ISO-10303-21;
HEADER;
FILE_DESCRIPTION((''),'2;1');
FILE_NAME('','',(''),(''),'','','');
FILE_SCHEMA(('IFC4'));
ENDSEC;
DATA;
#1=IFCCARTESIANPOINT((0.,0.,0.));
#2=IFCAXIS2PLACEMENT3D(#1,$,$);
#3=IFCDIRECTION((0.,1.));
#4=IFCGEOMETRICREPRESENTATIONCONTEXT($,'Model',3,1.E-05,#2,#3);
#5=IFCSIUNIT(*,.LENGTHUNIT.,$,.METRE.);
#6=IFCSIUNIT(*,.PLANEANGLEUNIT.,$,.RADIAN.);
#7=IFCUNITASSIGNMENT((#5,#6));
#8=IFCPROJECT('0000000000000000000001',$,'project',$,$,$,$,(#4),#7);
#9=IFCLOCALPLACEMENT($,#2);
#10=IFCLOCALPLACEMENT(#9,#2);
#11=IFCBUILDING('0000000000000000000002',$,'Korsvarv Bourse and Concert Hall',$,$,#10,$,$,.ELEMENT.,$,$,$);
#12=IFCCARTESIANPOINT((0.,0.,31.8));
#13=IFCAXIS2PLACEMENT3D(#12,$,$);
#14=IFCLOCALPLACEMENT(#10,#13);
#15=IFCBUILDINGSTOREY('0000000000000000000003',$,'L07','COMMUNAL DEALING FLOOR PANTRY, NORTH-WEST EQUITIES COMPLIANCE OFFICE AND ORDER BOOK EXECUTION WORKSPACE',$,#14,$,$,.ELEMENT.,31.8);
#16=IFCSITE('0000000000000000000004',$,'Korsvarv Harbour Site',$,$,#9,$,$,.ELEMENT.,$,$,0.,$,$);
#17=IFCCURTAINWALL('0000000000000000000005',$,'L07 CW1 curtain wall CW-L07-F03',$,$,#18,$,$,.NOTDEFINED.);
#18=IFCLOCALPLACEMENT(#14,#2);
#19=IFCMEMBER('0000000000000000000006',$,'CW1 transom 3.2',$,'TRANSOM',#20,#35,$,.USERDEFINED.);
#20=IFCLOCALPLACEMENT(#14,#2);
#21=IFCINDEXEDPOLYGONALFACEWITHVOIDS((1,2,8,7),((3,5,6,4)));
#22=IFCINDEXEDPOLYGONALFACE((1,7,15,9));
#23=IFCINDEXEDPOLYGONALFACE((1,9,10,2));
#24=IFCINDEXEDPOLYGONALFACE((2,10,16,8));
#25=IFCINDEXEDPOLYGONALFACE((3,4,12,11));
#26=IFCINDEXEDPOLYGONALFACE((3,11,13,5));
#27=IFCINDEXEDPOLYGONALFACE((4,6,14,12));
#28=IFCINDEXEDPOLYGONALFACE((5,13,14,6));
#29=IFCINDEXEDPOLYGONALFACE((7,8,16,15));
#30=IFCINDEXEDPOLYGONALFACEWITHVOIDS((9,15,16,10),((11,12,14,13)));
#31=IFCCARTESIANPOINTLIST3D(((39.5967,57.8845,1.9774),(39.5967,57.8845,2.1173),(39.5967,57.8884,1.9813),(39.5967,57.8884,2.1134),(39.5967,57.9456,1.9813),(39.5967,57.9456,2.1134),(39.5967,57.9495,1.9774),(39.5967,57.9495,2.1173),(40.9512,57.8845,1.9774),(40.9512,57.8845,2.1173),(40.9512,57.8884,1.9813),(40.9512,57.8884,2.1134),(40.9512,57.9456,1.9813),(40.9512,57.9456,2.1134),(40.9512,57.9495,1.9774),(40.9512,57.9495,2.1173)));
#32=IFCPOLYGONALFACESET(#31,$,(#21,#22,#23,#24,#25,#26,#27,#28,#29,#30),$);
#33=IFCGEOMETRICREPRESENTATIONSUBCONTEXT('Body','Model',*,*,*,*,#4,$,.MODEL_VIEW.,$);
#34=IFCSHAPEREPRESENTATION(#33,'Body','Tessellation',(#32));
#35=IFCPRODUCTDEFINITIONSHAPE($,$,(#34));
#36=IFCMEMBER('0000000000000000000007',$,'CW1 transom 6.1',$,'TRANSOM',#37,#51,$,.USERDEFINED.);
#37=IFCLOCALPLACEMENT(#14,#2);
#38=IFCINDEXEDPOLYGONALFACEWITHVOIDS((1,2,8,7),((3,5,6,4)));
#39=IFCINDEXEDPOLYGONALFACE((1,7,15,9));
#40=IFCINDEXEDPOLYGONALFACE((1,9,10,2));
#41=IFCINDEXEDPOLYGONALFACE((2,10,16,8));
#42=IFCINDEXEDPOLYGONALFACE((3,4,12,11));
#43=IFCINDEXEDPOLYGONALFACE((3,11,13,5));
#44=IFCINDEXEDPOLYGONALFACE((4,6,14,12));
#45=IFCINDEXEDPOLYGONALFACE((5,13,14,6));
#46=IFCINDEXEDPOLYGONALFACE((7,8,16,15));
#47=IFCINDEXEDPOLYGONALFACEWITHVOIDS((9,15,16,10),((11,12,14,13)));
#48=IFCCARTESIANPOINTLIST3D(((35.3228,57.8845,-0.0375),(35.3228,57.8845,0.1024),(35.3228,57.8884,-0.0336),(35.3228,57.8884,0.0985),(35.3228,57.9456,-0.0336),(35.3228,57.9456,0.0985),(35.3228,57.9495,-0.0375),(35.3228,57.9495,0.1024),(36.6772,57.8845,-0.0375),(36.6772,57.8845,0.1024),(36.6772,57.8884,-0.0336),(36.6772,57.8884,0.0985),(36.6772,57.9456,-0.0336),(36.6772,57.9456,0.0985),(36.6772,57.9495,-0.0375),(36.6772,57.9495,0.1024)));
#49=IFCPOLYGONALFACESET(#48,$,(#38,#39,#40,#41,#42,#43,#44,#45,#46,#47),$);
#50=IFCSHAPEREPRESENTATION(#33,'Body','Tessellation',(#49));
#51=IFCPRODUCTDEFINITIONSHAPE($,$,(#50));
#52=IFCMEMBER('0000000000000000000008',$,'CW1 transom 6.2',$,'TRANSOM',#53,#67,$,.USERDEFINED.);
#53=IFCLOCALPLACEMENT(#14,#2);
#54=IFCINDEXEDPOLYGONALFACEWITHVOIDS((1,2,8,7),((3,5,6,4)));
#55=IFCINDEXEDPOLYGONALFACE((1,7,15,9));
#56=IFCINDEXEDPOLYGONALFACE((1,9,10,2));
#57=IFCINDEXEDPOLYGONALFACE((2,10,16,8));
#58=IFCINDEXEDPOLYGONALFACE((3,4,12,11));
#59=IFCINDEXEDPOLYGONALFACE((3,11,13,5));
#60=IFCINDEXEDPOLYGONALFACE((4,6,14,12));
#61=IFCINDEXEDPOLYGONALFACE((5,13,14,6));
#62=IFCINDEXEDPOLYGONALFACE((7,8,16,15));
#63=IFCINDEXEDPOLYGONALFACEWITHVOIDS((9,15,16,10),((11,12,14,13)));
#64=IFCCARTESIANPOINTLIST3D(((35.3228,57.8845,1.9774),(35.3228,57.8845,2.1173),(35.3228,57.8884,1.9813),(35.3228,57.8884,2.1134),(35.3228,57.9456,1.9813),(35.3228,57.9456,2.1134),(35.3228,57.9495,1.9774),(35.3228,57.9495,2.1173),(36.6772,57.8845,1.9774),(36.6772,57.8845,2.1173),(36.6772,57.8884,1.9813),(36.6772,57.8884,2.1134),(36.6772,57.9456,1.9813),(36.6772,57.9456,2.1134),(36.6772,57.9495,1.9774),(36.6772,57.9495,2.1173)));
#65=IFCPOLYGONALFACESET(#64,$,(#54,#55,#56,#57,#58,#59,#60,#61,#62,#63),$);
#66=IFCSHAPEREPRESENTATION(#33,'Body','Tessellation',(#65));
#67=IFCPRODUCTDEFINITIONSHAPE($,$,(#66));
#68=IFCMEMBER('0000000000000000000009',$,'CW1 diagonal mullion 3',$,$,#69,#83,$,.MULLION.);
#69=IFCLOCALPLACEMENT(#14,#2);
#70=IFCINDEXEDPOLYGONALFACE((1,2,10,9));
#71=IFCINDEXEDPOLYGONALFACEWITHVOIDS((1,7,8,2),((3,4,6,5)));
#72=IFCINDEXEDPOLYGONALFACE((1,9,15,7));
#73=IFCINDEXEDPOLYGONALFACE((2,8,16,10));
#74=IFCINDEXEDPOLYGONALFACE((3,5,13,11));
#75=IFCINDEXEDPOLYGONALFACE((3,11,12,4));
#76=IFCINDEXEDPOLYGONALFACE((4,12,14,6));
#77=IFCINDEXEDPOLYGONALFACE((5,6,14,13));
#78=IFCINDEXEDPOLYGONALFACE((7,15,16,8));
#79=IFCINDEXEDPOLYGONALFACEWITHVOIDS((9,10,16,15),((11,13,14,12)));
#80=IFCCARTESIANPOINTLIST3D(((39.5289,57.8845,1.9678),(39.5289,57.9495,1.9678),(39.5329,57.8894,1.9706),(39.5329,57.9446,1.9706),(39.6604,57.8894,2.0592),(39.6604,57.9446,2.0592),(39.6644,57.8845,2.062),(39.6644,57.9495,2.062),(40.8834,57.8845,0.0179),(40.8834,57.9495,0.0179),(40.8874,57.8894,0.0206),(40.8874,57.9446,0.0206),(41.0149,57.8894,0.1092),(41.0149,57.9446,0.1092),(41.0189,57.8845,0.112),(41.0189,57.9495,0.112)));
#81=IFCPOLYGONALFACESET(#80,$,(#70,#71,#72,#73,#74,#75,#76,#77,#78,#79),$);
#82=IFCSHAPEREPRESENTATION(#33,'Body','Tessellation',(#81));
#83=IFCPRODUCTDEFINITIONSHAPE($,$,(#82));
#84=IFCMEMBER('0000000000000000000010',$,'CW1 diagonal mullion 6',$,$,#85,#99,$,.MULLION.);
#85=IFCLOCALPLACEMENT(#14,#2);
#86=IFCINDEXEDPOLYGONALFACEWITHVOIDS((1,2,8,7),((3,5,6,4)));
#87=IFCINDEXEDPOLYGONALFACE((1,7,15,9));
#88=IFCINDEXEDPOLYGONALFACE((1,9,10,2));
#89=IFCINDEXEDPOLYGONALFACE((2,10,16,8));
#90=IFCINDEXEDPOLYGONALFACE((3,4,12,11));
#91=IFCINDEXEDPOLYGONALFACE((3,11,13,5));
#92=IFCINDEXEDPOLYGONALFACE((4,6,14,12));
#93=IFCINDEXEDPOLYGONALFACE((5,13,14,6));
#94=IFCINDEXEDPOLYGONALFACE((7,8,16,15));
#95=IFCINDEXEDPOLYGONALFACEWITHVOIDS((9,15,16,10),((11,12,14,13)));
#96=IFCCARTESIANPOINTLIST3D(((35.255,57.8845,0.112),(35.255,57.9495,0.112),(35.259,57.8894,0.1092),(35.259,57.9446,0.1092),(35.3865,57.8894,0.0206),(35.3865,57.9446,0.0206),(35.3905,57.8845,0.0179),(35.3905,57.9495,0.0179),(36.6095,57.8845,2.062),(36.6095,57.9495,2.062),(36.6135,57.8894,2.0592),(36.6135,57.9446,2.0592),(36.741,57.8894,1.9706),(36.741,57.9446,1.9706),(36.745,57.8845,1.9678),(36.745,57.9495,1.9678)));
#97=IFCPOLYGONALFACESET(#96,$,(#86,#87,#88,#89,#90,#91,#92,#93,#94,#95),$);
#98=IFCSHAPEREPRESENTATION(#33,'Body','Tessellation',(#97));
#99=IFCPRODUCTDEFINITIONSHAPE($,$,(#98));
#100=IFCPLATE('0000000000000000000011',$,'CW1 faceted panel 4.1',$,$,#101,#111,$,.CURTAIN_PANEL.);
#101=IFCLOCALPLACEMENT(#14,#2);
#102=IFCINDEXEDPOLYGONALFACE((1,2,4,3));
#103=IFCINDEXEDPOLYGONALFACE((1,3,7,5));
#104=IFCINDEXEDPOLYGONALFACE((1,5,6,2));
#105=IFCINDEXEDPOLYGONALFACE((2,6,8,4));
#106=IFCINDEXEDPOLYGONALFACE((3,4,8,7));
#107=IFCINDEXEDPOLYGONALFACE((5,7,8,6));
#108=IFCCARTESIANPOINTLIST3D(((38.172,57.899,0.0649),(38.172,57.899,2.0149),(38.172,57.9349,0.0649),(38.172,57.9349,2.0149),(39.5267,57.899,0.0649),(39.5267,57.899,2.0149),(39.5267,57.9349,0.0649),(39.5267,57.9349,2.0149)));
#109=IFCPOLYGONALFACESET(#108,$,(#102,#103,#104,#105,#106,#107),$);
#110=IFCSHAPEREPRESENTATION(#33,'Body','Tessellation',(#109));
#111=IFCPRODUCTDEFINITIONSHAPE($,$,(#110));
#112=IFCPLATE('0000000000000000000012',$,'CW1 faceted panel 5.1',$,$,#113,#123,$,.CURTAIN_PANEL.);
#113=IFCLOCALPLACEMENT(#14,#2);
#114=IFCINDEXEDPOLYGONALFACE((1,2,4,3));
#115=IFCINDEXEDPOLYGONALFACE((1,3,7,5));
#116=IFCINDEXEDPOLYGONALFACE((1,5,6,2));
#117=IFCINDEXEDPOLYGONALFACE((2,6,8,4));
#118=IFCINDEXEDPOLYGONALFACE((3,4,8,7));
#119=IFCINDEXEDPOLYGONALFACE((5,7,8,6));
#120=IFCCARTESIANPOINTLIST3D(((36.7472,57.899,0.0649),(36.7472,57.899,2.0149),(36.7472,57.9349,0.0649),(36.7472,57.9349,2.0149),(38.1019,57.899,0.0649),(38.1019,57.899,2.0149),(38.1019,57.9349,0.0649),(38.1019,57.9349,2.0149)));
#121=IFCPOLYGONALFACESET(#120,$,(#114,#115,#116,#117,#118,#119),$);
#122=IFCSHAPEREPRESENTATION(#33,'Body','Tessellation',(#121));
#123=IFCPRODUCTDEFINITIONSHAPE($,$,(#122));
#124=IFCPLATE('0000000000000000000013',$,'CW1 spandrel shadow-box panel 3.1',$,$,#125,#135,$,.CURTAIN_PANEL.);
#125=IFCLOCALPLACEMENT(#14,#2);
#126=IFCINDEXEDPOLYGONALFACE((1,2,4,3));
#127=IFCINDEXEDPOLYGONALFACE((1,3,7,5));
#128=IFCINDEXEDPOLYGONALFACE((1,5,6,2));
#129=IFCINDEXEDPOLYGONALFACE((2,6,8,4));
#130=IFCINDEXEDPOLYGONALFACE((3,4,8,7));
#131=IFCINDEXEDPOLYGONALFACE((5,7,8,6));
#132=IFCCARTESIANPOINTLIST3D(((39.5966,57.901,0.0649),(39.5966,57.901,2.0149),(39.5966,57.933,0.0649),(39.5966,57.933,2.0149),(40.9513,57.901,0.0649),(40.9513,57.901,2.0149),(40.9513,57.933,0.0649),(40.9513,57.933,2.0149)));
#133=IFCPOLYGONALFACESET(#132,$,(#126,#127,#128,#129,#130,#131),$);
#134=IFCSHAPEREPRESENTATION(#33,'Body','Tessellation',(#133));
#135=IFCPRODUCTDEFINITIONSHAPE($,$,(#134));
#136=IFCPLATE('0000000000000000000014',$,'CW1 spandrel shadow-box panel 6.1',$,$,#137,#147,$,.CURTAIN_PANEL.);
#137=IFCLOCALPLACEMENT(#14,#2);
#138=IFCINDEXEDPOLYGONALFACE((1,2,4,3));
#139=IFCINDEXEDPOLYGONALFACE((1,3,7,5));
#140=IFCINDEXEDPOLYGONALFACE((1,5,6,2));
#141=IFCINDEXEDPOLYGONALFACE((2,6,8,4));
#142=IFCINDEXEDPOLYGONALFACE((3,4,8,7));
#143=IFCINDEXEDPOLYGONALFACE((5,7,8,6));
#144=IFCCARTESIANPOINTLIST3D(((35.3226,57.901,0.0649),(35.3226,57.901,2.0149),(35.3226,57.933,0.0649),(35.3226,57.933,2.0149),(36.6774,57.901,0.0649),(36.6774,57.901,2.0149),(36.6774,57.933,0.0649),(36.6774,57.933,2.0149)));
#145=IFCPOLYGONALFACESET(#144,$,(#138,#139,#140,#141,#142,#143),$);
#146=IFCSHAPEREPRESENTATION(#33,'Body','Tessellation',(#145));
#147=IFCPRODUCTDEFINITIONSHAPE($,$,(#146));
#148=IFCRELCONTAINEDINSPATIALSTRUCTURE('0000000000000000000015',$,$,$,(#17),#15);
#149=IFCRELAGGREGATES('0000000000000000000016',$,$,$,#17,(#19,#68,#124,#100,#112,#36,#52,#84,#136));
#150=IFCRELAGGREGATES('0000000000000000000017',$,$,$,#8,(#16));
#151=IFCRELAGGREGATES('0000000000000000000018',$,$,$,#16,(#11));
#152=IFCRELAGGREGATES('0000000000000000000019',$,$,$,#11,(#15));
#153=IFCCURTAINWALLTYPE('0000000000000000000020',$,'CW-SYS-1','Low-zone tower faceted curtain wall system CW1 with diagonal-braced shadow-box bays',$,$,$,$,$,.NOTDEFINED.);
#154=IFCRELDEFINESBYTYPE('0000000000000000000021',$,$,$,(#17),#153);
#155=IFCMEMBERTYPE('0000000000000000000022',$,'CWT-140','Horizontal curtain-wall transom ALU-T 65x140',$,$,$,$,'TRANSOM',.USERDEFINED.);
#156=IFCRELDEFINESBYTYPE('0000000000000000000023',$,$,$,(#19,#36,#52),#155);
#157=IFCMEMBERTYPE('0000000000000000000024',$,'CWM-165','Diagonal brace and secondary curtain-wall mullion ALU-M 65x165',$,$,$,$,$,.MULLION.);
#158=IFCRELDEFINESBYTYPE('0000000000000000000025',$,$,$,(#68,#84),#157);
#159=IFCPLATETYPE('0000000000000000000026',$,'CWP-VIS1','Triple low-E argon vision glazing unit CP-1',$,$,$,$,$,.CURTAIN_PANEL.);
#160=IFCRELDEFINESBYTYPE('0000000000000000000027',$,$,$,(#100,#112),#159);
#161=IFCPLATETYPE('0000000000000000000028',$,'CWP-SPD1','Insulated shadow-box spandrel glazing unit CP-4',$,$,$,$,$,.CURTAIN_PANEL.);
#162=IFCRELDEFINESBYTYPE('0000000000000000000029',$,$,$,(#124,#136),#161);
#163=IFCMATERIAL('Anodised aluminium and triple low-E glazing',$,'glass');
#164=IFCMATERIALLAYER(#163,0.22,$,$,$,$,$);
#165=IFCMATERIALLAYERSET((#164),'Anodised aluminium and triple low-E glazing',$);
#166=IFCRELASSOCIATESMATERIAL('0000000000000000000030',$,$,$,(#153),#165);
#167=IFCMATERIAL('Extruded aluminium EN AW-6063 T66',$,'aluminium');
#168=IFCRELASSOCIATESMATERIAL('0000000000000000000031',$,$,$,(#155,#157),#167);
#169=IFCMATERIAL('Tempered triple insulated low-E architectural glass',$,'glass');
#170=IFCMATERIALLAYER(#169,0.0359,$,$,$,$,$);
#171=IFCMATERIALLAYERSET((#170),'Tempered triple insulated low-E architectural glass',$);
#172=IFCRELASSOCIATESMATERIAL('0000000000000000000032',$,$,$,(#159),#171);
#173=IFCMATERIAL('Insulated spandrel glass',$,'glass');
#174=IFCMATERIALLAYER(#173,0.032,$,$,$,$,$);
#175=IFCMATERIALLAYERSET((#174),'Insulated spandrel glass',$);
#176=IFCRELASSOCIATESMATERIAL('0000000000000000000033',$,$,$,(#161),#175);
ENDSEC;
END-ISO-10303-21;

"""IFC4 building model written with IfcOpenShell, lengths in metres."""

from ifc_helpers import new_model, si_unit, direction, frame, origin, origin_2d, place, context, subcontext, project, spatial, rectangle, hollow_rectangle, extrude, source, transform, mapped, material, layer, layer_set, material_profile, profile_set, type_object, element, aggregate, save


model = new_model("IFC4")

# Units and contexts
model_context = context("Model", 3, precision=1e-05, world=origin(), true_north=direction((0.0, 1.0)))
body_context = subcontext(model_context, "Body", "Model", "MODEL_VIEW")
ifc_project = project(units=[si_unit("LENGTHUNIT", "METRE"), si_unit("PLANEANGLEUNIT", "RADIAN")], contexts=[model_context])

# Site, building, storey
site_placement = place(None, origin())
site = spatial("IfcSite", under=ifc_project, at=site_placement, Name="Korsvarv Harbour Site", CompositionType="ELEMENT", RefElevation=0.0)
building_placement = place(site_placement, origin())
building = spatial("IfcBuilding", under=site, at=building_placement, Name="Korsvarv Bourse and Concert Hall", CompositionType="ELEMENT")
storey_placement = place(building_placement, frame((0.0, 0.0, 31.8)))
storey = spatial("IfcBuildingStorey", under=building, at=storey_placement, Name="L07", Description="COMMUNAL DEALING FLOOR PANTRY, NORTH-WEST EQUITIES COMPLIANCE OFFICE AND ORDER BOOK EXECUTION WORKSPACE", CompositionType="ELEMENT", Elevation=31.8)

# Curtain wall, members, plates
ifc_material_1 = material(Name="Anodised aluminium and triple low-E glazing", Category="glass")
ifc_layer_1 = layer(ifc_material_1, 0.22)
ifc_layer_set_1 = layer_set([ifc_layer_1], Name="Anodised aluminium and triple low-E glazing")
curtain_wall_type = type_object("IfcCurtainWallType", Name="CW-SYS-1", Description="Low-zone tower faceted curtain wall system CW1 with diagonal-braced shadow-box bays", PredefinedType="NOTDEFINED", material=ifc_layer_set_1)
curtain_wall_placement = place(storey_placement, origin())
curtain_wall = element("IfcCurtainWall", 1, at=curtain_wall_placement, inside=storey, type_object=curtain_wall_type, Name="L07 CW1 curtain wall CW-L07-F03", PredefinedType="NOTDEFINED")
ifc_material_2 = material(Name="Extruded aluminium EN AW-6063 T66", Category="aluminium")
ifc_material_profile_1 = material_profile(ifc_material_2, hollow_rectangle(XDim=0.0649, YDim=0.1399, WallThickness=0.0039, at=origin_2d()), Name="ALU-T 65x140")
ifc_profile_set_1 = profile_set([ifc_material_profile_1], Name="Extruded aluminium EN AW-6063 T66")
member_type_1 = type_object("IfcMemberType", Name="CWT-140", Description="Horizontal curtain-wall transom ALU-T 65x140", ElementType="TRANSOM", PredefinedType="USERDEFINED", material=ifc_profile_set_1)
shared_shape_1 = source(origin(), body_context, "Body", "SweptSolid", [
    extrude(hollow_rectangle(XDim=0.0649, YDim=0.1399, WallThickness=0.0039, at=origin_2d()), origin(), (0.0, 0.0, 1.0), 1.3545),
])
member_1_placement = place(storey_placement, frame((40.9512, 57.917, 2.0474), z_axis=(-1.0, 0.0, 0.0), x_axis=(0.0, -1.0, 0.0)))
member_1 = element("IfcMember", 2, at=member_1_placement, type_object=member_type_1, Name="CW1 transom 3.2", ObjectType="TRANSOM", PredefinedType="USERDEFINED", context=body_context, shape_type="MappedRepresentation", body=[
    mapped(shared_shape_1, transform((0.0, 0.0, 0.0), scale=1.0)),
])
member_2_placement = place(storey_placement, frame((36.6772, 57.917, 0.0325), z_axis=(-1.0, 0.0, 0.0), x_axis=(0.0, -1.0, 0.0)))
member_2 = element("IfcMember", 3, at=member_2_placement, type_object=member_type_1, Name="CW1 transom 6.1", ObjectType="TRANSOM", PredefinedType="USERDEFINED", context=body_context, shape_type="MappedRepresentation", body=[
    mapped(shared_shape_1, transform((0.0, 0.0, 0.0), scale=1.0)),
])
member_3_placement = place(storey_placement, frame((36.6772, 57.917, 2.0474), z_axis=(-1.0, 0.0, 0.0), x_axis=(0.0, -1.0, 0.0)))
member_3 = element("IfcMember", 4, at=member_3_placement, type_object=member_type_1, Name="CW1 transom 6.2", ObjectType="TRANSOM", PredefinedType="USERDEFINED", context=body_context, shape_type="MappedRepresentation", body=[
    mapped(shared_shape_1, transform((0.0, 0.0, 0.0), scale=1.0)),
])
ifc_material_profile_2 = material_profile(ifc_material_2, hollow_rectangle(XDim=0.0649, YDim=0.165, WallThickness=0.0049, at=origin_2d()), Name="ALU-M 65x165")
ifc_profile_set_2 = profile_set([ifc_material_profile_2], Name="Extruded aluminium EN AW-6063 T66")
member_type_2 = type_object("IfcMemberType", Name="CWM-165", Description="Diagonal brace and secondary curtain-wall mullion ALU-M 65x165", PredefinedType="MULLION", material=ifc_profile_set_2)
shared_shape_2 = source(origin(), body_context, "Body", "SweptSolid", [
    extrude(hollow_rectangle(XDim=0.0649, YDim=0.165, WallThickness=0.0049, at=origin_2d()), origin(), (0.0, 0.0, 1.0), 2.3743),
])
member_4_placement = place(storey_placement, frame((40.9512, 57.917, 0.0649), z_axis=(-0.570498, 0.0, 0.821299), x_axis=(0.0, -1.0, 0.0)))
member_4 = element("IfcMember", 5, at=member_4_placement, type_object=member_type_2, Name="CW1 diagonal mullion 3", PredefinedType="MULLION", context=body_context, shape_type="MappedRepresentation", body=[
    mapped(shared_shape_2, transform((0.0, 0.0, 0.0), scale=1.0)),
])
member_5_placement = place(storey_placement, frame((35.3228, 57.917, 0.0649), z_axis=(0.570498, 0.0, 0.821299), x_axis=(0.0, 1.0, 0.0)))
member_5 = element("IfcMember", 6, at=member_5_placement, type_object=member_type_2, Name="CW1 diagonal mullion 6", PredefinedType="MULLION", context=body_context, shape_type="MappedRepresentation", body=[
    mapped(shared_shape_2, transform((0.0, 0.0, 0.0), scale=1.0)),
])
ifc_material_3 = material(Name="Tempered triple insulated low-E architectural glass", Category="glass")
ifc_layer_2 = layer(ifc_material_3, 0.0359)
ifc_layer_set_2 = layer_set([ifc_layer_2], Name="Tempered triple insulated low-E architectural glass")
plate_type_1 = type_object("IfcPlateType", Name="CWP-VIS1", Description="Triple low-E argon vision glazing unit CP-1", PredefinedType="CURTAIN_PANEL", material=ifc_layer_set_2)
shared_shape_3 = source(origin(), body_context, "Body", "SweptSolid", [
    extrude(rectangle(XDim=1.3547, YDim=0.0359, at=origin_2d()), origin(), (0.0, 0.0, 1.0), 1.95),
])
plate_1_placement = place(storey_placement, frame((38.8494, 57.917, 0.0649), z_axis=(0.0, 0.0, 1.0), x_axis=(-1.0, 0.0, 0.0)))
plate_1 = element("IfcPlate", 7, at=plate_1_placement, type_object=plate_type_1, Name="CW1 faceted panel 4.1", PredefinedType="CURTAIN_PANEL", context=body_context, shape_type="MappedRepresentation", body=[
    mapped(shared_shape_3, transform((0.0, 0.0, 0.0), scale=1.0)),
])
plate_2_placement = place(storey_placement, frame((37.4246, 57.917, 0.0649), z_axis=(0.0, 0.0, 1.0), x_axis=(-1.0, 0.0, 0.0)))
plate_2 = element("IfcPlate", 8, at=plate_2_placement, type_object=plate_type_1, Name="CW1 faceted panel 5.1", PredefinedType="CURTAIN_PANEL", context=body_context, shape_type="MappedRepresentation", body=[
    mapped(shared_shape_3, transform((0.0, 0.0, 0.0), scale=1.0)),
])
ifc_material_4 = material(Name="Insulated spandrel glass", Category="glass")
ifc_layer_3 = layer(ifc_material_4, 0.032)
ifc_layer_set_3 = layer_set([ifc_layer_3], Name="Insulated spandrel glass")
plate_type_2 = type_object("IfcPlateType", Name="CWP-SPD1", Description="Insulated shadow-box spandrel glazing unit CP-4", PredefinedType="CURTAIN_PANEL", material=ifc_layer_set_3)
shared_shape_4 = source(origin(), body_context, "Body", "SweptSolid", [
    extrude(rectangle(XDim=1.3547, YDim=0.032, at=origin_2d()), origin(), (0.0, 0.0, 1.0), 1.95),
])
plate_3_placement = place(storey_placement, frame((40.2739, 57.917, 0.0649), z_axis=(0.0, 0.0, 1.0), x_axis=(-1.0, 0.0, 0.0)))
plate_3 = element("IfcPlate", 9, at=plate_3_placement, type_object=plate_type_2, Name="CW1 spandrel shadow-box panel 3.1", PredefinedType="CURTAIN_PANEL", context=body_context, shape_type="MappedRepresentation", body=[
    mapped(shared_shape_4, transform((0.0, 0.0, 0.0), scale=1.0)),
])
plate_4_placement = place(storey_placement, frame((36.0, 57.917, 0.0649), z_axis=(0.0, 0.0, 1.0), x_axis=(-1.0, 0.0, 0.0)))
plate_4 = element("IfcPlate", 10, at=plate_4_placement, type_object=plate_type_2, Name="CW1 spandrel shadow-box panel 6.1", PredefinedType="CURTAIN_PANEL", context=body_context, shape_type="MappedRepresentation", body=[
    mapped(shared_shape_4, transform((0.0, 0.0, 0.0), scale=1.0)),
])
aggregate(curtain_wall, [member_1, member_4, plate_3, plate_1, plate_2, member_2, member_3, member_5, plate_4])

save(model, "model.ifc")
